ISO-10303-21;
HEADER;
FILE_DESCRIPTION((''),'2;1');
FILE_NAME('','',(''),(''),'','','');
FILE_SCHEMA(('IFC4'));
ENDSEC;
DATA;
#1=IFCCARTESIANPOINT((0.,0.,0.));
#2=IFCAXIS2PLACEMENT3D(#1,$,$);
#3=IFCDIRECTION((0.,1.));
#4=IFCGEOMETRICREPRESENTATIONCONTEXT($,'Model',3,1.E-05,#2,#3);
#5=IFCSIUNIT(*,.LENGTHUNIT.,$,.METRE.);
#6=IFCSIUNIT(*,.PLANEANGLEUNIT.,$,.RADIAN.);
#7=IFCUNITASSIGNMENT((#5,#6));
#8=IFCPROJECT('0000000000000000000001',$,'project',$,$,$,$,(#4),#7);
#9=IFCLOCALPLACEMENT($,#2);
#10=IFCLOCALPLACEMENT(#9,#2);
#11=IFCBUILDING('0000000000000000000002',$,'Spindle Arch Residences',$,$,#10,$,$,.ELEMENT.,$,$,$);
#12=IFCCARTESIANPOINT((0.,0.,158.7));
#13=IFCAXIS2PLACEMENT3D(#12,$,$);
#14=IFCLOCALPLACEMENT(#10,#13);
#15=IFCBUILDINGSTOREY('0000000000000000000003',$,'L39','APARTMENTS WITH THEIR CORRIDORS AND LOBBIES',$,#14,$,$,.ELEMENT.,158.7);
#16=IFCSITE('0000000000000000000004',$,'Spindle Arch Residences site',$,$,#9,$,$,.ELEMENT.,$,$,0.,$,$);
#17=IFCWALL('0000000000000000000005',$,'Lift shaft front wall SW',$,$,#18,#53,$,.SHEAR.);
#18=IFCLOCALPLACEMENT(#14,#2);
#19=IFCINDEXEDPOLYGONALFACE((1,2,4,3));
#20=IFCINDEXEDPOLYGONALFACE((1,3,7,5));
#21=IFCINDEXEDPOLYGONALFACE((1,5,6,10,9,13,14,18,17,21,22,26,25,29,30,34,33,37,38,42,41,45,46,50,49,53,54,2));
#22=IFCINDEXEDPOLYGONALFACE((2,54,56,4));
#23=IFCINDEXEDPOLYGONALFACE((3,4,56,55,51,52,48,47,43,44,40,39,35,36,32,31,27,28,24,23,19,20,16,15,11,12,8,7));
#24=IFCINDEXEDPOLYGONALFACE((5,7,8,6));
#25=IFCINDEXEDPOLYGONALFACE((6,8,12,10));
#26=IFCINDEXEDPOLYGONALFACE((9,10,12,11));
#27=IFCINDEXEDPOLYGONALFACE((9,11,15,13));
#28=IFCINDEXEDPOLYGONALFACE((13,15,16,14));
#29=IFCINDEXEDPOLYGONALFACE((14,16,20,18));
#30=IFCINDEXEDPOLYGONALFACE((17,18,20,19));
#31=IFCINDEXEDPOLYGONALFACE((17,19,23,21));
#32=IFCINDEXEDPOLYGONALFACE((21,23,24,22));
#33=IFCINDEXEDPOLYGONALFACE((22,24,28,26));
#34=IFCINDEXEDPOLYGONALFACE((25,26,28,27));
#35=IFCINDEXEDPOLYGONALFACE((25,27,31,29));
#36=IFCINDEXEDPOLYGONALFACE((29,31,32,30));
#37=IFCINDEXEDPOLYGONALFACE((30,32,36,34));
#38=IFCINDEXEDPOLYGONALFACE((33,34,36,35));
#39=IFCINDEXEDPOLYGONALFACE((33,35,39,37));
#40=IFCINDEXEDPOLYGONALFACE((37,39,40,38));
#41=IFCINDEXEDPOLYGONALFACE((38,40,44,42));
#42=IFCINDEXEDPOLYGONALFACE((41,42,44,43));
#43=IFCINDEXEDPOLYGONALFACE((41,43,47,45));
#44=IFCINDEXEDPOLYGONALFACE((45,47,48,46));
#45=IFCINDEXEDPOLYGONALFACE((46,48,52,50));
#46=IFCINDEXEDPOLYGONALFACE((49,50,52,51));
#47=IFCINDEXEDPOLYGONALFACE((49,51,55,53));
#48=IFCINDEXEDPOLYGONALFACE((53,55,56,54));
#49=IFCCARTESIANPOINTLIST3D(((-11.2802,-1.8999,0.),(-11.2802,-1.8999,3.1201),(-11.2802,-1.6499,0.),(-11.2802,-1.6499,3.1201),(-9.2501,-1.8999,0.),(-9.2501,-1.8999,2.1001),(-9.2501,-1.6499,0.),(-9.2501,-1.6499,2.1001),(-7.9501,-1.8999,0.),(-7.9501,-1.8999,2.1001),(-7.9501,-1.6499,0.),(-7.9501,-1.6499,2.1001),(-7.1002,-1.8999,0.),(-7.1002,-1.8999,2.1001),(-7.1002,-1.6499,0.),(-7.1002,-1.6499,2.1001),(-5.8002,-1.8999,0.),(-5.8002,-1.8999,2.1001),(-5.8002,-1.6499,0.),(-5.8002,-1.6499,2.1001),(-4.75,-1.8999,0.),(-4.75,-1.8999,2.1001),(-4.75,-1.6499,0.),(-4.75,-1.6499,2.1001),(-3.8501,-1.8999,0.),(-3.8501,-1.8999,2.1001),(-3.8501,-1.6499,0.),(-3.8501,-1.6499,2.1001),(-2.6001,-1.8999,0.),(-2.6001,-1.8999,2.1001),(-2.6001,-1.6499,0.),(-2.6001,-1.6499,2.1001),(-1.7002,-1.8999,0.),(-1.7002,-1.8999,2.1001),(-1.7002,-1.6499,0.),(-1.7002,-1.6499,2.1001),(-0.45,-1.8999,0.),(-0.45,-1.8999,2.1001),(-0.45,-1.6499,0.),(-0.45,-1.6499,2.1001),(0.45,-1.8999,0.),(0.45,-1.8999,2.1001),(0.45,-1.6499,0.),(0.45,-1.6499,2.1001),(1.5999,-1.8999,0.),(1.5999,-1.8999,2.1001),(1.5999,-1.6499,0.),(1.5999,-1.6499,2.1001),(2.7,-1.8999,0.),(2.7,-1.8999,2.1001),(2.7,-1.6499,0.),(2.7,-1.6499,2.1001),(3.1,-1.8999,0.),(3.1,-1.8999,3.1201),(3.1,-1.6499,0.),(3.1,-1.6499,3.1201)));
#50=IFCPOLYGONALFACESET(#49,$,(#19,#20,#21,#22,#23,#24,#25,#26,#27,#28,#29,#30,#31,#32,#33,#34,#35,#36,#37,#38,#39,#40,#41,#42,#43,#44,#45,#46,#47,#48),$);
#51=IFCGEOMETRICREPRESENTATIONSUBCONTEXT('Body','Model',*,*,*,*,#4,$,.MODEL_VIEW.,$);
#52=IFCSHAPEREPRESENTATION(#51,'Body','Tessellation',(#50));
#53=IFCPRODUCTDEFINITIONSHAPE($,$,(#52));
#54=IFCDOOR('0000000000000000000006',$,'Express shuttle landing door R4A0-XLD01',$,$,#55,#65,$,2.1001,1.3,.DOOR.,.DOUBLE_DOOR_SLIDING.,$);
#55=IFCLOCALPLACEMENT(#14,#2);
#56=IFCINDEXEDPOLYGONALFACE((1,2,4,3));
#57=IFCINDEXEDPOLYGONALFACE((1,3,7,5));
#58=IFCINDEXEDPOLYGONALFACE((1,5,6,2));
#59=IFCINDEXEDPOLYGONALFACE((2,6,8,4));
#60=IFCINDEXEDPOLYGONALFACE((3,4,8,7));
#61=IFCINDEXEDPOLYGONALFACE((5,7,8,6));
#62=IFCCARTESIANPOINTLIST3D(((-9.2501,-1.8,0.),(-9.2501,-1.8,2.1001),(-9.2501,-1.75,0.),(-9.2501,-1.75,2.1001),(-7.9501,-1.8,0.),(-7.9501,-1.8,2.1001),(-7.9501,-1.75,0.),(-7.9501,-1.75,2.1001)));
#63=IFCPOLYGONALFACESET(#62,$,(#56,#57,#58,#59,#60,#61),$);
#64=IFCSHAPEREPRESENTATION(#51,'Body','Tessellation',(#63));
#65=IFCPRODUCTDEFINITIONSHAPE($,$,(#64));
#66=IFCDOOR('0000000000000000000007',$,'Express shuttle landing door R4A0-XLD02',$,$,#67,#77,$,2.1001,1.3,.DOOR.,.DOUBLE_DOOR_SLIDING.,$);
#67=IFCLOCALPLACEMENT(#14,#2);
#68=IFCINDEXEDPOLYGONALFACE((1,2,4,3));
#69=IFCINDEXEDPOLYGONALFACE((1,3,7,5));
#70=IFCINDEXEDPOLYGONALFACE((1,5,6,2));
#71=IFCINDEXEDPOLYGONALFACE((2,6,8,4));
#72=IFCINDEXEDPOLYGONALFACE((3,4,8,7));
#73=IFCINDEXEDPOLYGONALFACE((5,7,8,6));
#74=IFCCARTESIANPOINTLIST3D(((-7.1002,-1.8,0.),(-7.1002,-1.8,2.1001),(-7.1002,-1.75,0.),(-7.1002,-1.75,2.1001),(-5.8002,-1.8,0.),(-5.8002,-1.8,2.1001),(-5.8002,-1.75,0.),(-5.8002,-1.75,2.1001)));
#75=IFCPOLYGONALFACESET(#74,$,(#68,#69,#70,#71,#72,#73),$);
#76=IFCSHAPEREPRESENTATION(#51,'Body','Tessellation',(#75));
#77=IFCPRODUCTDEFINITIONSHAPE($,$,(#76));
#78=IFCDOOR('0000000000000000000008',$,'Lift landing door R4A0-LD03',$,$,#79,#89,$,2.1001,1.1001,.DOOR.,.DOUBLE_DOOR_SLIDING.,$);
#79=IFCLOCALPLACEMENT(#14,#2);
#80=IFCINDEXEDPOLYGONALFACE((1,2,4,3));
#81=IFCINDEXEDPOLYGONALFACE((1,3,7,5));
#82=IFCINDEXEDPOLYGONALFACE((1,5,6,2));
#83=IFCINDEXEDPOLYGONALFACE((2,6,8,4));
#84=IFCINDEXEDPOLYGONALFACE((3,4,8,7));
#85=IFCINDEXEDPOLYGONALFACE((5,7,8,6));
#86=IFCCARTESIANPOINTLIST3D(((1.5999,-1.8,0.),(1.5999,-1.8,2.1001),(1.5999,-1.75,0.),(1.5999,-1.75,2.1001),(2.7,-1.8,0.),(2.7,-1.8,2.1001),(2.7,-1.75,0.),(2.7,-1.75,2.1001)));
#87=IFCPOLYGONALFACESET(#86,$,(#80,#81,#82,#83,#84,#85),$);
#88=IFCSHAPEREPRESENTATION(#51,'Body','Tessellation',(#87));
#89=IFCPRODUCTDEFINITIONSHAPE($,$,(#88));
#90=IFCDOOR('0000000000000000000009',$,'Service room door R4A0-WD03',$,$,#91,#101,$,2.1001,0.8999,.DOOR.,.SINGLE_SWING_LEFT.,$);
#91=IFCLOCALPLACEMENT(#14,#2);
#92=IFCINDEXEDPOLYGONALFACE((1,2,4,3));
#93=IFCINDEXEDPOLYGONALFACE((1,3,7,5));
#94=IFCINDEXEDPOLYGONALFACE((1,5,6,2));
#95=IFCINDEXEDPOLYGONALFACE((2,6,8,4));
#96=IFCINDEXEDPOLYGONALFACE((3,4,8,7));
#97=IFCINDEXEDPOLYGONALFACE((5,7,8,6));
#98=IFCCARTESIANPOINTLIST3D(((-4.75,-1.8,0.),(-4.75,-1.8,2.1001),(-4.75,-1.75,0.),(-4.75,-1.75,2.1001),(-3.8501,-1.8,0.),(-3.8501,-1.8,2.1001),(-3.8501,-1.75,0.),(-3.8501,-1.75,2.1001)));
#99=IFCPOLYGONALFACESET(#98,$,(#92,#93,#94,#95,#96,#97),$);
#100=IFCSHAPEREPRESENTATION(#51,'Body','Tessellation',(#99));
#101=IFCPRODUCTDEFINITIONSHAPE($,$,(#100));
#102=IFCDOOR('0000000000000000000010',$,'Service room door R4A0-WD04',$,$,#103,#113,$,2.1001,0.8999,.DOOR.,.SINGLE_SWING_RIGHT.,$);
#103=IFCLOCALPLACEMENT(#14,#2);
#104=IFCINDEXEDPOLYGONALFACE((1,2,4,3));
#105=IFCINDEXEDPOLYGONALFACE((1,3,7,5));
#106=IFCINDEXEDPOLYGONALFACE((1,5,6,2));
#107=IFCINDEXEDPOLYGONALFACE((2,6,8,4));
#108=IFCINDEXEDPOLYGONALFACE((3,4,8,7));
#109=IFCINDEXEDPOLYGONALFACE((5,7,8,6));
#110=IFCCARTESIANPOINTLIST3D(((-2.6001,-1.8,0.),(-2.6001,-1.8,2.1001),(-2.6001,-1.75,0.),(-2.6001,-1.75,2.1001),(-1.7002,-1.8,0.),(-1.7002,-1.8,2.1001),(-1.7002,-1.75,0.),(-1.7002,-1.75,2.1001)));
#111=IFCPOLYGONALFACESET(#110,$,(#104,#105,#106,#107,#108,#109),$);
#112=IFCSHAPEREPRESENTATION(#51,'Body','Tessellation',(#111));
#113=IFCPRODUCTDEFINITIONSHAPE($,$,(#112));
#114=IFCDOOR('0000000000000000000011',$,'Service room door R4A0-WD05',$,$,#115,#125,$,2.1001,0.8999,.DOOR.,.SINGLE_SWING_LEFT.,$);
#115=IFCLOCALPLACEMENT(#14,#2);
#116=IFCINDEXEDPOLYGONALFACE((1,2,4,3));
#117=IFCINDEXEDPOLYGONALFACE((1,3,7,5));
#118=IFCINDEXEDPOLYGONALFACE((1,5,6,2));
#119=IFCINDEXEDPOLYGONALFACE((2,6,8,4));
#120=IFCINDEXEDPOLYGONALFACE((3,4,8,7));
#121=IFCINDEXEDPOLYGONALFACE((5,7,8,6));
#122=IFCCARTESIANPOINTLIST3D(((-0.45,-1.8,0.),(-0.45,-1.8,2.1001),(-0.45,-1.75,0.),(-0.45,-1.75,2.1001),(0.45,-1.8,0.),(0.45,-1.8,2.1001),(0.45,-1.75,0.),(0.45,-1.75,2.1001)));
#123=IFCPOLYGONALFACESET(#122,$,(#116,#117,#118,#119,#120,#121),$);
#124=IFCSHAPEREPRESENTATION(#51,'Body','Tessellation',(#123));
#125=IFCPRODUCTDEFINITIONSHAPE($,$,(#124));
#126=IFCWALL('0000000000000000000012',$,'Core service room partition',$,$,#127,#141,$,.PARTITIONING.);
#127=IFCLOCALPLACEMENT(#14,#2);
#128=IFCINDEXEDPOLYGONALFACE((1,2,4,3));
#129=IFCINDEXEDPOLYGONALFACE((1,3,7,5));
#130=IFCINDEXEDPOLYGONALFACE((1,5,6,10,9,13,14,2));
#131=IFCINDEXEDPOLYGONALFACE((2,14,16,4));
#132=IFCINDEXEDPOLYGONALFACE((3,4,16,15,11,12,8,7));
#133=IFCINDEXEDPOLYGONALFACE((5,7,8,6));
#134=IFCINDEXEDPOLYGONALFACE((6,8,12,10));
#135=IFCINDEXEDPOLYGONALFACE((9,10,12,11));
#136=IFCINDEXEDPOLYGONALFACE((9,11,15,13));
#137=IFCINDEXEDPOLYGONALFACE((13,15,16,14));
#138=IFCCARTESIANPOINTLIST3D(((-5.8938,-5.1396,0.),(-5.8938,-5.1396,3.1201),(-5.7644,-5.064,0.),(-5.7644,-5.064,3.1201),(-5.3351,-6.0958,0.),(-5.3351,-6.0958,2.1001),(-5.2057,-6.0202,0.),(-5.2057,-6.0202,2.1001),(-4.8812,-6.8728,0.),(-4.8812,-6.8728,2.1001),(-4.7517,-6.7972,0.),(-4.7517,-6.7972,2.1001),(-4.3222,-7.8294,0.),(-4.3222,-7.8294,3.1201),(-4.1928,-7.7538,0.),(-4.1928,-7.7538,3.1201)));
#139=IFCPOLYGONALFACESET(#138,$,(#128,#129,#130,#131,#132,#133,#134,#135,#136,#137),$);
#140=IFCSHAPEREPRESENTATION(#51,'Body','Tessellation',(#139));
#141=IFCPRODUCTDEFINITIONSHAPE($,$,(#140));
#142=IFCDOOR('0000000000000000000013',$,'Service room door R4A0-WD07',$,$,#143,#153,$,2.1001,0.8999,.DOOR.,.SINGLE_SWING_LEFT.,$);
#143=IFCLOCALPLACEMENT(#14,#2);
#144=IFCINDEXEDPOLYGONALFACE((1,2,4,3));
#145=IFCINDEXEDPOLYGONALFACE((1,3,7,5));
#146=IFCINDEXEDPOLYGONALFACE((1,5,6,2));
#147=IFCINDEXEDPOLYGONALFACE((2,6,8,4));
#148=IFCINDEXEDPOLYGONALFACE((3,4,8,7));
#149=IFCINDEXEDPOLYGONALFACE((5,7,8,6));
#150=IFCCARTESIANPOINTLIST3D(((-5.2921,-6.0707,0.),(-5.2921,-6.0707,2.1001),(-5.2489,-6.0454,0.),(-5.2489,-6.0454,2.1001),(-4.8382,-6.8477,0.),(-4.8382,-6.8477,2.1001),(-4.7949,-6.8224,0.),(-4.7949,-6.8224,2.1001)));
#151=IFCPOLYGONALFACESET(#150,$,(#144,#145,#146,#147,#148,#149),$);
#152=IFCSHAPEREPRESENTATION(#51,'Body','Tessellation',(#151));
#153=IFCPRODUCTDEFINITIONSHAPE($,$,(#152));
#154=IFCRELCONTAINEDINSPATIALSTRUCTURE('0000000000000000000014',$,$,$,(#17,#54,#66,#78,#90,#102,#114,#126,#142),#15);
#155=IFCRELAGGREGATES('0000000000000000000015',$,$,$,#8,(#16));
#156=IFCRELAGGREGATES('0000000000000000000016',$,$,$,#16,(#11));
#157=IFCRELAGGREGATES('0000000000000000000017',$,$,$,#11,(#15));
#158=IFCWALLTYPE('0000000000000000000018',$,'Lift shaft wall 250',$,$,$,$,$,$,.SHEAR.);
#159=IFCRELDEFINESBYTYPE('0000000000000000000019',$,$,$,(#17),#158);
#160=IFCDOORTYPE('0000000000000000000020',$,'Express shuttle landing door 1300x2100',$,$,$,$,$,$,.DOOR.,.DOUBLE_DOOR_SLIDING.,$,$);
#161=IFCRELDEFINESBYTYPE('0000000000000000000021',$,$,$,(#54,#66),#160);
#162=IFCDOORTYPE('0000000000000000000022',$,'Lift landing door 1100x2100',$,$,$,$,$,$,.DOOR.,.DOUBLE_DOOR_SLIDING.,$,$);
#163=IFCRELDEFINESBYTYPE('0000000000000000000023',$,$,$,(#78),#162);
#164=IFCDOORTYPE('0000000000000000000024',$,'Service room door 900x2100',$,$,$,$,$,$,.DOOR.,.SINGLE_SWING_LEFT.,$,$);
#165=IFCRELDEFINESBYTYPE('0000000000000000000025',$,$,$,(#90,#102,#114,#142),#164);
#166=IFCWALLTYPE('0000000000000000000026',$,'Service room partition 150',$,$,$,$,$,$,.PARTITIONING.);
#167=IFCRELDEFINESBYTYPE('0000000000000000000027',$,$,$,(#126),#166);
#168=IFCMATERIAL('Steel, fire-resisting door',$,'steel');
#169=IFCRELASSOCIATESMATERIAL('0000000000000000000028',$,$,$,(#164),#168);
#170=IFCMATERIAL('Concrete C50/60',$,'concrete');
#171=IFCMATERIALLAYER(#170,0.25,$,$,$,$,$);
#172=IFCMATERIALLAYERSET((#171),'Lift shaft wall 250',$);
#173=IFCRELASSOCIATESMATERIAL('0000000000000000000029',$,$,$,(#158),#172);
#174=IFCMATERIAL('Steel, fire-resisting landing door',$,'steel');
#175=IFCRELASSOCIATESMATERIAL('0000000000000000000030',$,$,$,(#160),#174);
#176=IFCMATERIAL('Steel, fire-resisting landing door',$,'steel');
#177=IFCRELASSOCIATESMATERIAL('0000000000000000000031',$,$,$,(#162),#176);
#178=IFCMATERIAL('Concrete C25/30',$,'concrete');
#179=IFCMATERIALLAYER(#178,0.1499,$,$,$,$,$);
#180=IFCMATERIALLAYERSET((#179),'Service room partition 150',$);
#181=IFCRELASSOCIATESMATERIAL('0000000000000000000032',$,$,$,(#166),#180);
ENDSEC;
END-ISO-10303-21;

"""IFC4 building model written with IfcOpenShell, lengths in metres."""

from ifc_helpers import new_model, si_unit, direction, frame, frame_2d, origin, place, context, subcontext, project, spatial, rectangle, extrude, material, layer, layer_set, type_object, element, fill, save


model = new_model("IFC4")

# Units and contexts
model_context = context("Model", 3, precision=1e-05, world=origin(), true_north=direction((0.0, 1.0)))
body_context = subcontext(model_context, "Body", "Model", "MODEL_VIEW")
ifc_project = project(units=[si_unit("LENGTHUNIT", "METRE"), si_unit("PLANEANGLEUNIT", "RADIAN")], contexts=[model_context])

# Site, building, storey
site_placement = place(None, origin())
site = spatial("IfcSite", under=ifc_project, at=site_placement, Name="Spindle Arch Residences site", CompositionType="ELEMENT", RefElevation=0.0)
building_placement = place(site_placement, origin())
building = spatial("IfcBuilding", under=site, at=building_placement, Name="Spindle Arch Residences", CompositionType="ELEMENT")
storey_placement = place(building_placement, frame((0.0, 0.0, 158.7)))
storey = spatial("IfcBuildingStorey", under=building, at=storey_placement, Name="L39", Description="APARTMENTS WITH THEIR CORRIDORS AND LOBBIES", CompositionType="ELEMENT", Elevation=158.7)

# Shared definitions
ifc_material_1 = material(Name="Steel, fire-resisting door", Category="steel")
door_type_1 = type_object("IfcDoorType", Name="Service room door 900x2100", OperationType="SINGLE_SWING_LEFT", PredefinedType="DOOR", material=ifc_material_1)

# Wall, openings, doors
ifc_material_2 = material(Name="Concrete C50/60", Category="concrete")
ifc_layer_1 = layer(ifc_material_2, 0.25)
ifc_layer_set_1 = layer_set([ifc_layer_1], Name="Lift shaft wall 250")
wall_type_1 = type_object("IfcWallType", Name="Lift shaft wall 250", PredefinedType="SHEAR", material=ifc_layer_set_1)
wall_1_placement = place(storey_placement, frame((-11.28, -1.7749, 0.0), z_axis=(0.0, 0.0, 1.0), x_axis=(1.0, 0.0, 0.0)))
wall_1 = element("IfcWall", 1, at=wall_1_placement, inside=storey, type_object=wall_type_1, Name="Lift shaft front wall SW", PredefinedType="SHEAR", context=body_context, shape_type="SweptSolid", body=[
    extrude(rectangle(XDim=14.3801, YDim=0.25, at=frame_2d((7.1899, 0.0))), origin(), (0.0, 0.0, 1.0), 3.1201),
])
opening_1_placement = place(wall_1_placement, frame((2.03, 0.0, 0.0)))
opening_1 = element("IfcOpeningElement", 2, at=opening_1_placement, cuts=wall_1, PredefinedType="OPENING", context=body_context, shape_type="SweptSolid", body=[
    extrude(rectangle(XDim=1.3, YDim=2.1001, at=frame_2d((0.6499, 1.05))), frame((0.0, 0.135, 0.0), z_axis=(0.0, -1.0, 0.0), x_axis=(1.0, 0.0, 0.0)), (0.0, 0.0, 1.0), 0.27),
])
opening_2_placement = place(wall_1_placement, frame((4.1799, 0.0, 0.0)))
opening_2 = element("IfcOpeningElement", 3, at=opening_2_placement, cuts=wall_1, PredefinedType="OPENING", context=body_context, shape_type="SweptSolid", body=[
    extrude(rectangle(XDim=1.3, YDim=2.1001, at=frame_2d((0.6499, 1.05))), frame((0.0, 0.135, 0.0), z_axis=(0.0, -1.0, 0.0), x_axis=(1.0, 0.0, 0.0)), (0.0, 0.0, 1.0), 0.27),
])
opening_3_placement = place(wall_1_placement, frame((12.8799, 0.0, 0.0)))
opening_3 = element("IfcOpeningElement", 4, at=opening_3_placement, cuts=wall_1, PredefinedType="OPENING", context=body_context, shape_type="SweptSolid", body=[
    extrude(rectangle(XDim=1.1001, YDim=2.1001, at=frame_2d((0.55, 1.05))), frame((0.0, 0.135, 0.0), z_axis=(0.0, -1.0, 0.0), x_axis=(1.0, 0.0, 0.0)), (0.0, 0.0, 1.0), 0.27),
])
opening_4_placement = place(wall_1_placement, frame((6.53, 0.0, 0.0)))
opening_4 = element("IfcOpeningElement", 5, at=opening_4_placement, cuts=wall_1, PredefinedType="OPENING", context=body_context, shape_type="SweptSolid", body=[
    extrude(rectangle(XDim=0.8999, YDim=2.1001, at=frame_2d((0.45, 1.05))), frame((0.0, 0.135, 0.0), z_axis=(0.0, -1.0, 0.0), x_axis=(1.0, 0.0, 0.0)), (0.0, 0.0, 1.0), 0.27),
])
opening_5_placement = place(wall_1_placement, frame((8.6799, 0.0, 0.0)))
opening_5 = element("IfcOpeningElement", 6, at=opening_5_placement, cuts=wall_1, PredefinedType="OPENING", context=body_context, shape_type="SweptSolid", body=[
    extrude(rectangle(XDim=0.8999, YDim=2.1001, at=frame_2d((0.45, 1.05))), frame((0.0, 0.135, 0.0), z_axis=(0.0, -1.0, 0.0), x_axis=(1.0, 0.0, 0.0)), (0.0, 0.0, 1.0), 0.27),
])
opening_6_placement = place(wall_1_placement, frame((10.8301, 0.0, 0.0)))
opening_6 = element("IfcOpeningElement", 7, at=opening_6_placement, cuts=wall_1, PredefinedType="OPENING", context=body_context, shape_type="SweptSolid", body=[
    extrude(rectangle(XDim=0.8999, YDim=2.1001, at=frame_2d((0.45, 1.05))), frame((0.0, 0.135, 0.0), z_axis=(0.0, -1.0, 0.0), x_axis=(1.0, 0.0, 0.0)), (0.0, 0.0, 1.0), 0.27),
])
ifc_material_3 = material(Name="Steel, fire-resisting landing door", Category="steel")
door_type_2 = type_object("IfcDoorType", Name="Express shuttle landing door 1300x2100", OperationType="DOUBLE_DOOR_SLIDING", PredefinedType="DOOR", material=ifc_material_3)
door_1_placement = place(opening_1_placement, origin())
door_1 = element("IfcDoor", 8, at=door_1_placement, inside=storey, type_object=door_type_2, Name="Express shuttle landing door R4A0-XLD01", OperationType="DOUBLE_DOOR_SLIDING", OverallHeight=2.1001, OverallWidth=1.3, PredefinedType="DOOR", context=body_context, shape_type="SweptSolid", body=[
    extrude(rectangle(XDim=1.3, YDim=2.1001, at=frame_2d((0.6499, 1.05))), frame((0.0, 0.0249, 0.0), z_axis=(0.0, -1.0, 0.0), x_axis=(1.0, 0.0, 0.0)), (0.0, 0.0, 1.0), 0.05),
])
fill(opening_1, door_1)
door_2_placement = place(opening_2_placement, origin())
door_2 = element("IfcDoor", 9, at=door_2_placement, inside=storey, type_object=door_type_2, Name="Express shuttle landing door R4A0-XLD02", OperationType="DOUBLE_DOOR_SLIDING", OverallHeight=2.1001, OverallWidth=1.3, PredefinedType="DOOR", context=body_context, shape_type="SweptSolid", body=[
    extrude(rectangle(XDim=1.3, YDim=2.1001, at=frame_2d((0.6499, 1.05))), frame((0.0, 0.0249, 0.0), z_axis=(0.0, -1.0, 0.0), x_axis=(1.0, 0.0, 0.0)), (0.0, 0.0, 1.0), 0.05),
])
fill(opening_2, door_2)
ifc_material_4 = material(Name="Steel, fire-resisting landing door", Category="steel")
door_type_3 = type_object("IfcDoorType", Name="Lift landing door 1100x2100", OperationType="DOUBLE_DOOR_SLIDING", PredefinedType="DOOR", material=ifc_material_4)
door_3_placement = place(opening_3_placement, origin())
door_3 = element("IfcDoor", 10, at=door_3_placement, inside=storey, type_object=door_type_3, Name="Lift landing door R4A0-LD03", OperationType="DOUBLE_DOOR_SLIDING", OverallHeight=2.1001, OverallWidth=1.1001, PredefinedType="DOOR", context=body_context, shape_type="SweptSolid", body=[
    extrude(rectangle(XDim=1.1001, YDim=2.1001, at=frame_2d((0.55, 1.05))), frame((0.0, 0.0249, 0.0), z_axis=(0.0, -1.0, 0.0), x_axis=(1.0, 0.0, 0.0)), (0.0, 0.0, 1.0), 0.05),
])
fill(opening_3, door_3)
door_4_placement = place(opening_4_placement, origin())
door_4 = element("IfcDoor", 11, at=door_4_placement, inside=storey, type_object=door_type_1, Name="Service room door R4A0-WD03", OperationType="SINGLE_SWING_LEFT", OverallHeight=2.1001, OverallWidth=0.8999, PredefinedType="DOOR", context=body_context, shape_type="SweptSolid", body=[
    extrude(rectangle(XDim=0.8999, YDim=2.1001, at=frame_2d((0.45, 1.05))), frame((0.0, 0.0249, 0.0), z_axis=(0.0, -1.0, 0.0), x_axis=(1.0, 0.0, 0.0)), (0.0, 0.0, 1.0), 0.05),
])
fill(opening_4, door_4)
door_5_placement = place(opening_5_placement, origin())
door_5 = element("IfcDoor", 12, at=door_5_placement, inside=storey, type_object=door_type_1, Name="Service room door R4A0-WD04", OperationType="SINGLE_SWING_RIGHT", OverallHeight=2.1001, OverallWidth=0.8999, PredefinedType="DOOR", context=body_context, shape_type="SweptSolid", body=[
    extrude(rectangle(XDim=0.8999, YDim=2.1001, at=frame_2d((0.45, 1.05))), frame((0.0, 0.0249, 0.0), z_axis=(0.0, -1.0, 0.0), x_axis=(1.0, 0.0, 0.0)), (0.0, 0.0, 1.0), 0.05),
])
fill(opening_5, door_5)
door_6_placement = place(opening_6_placement, origin())
door_6 = element("IfcDoor", 13, at=door_6_placement, inside=storey, type_object=door_type_1, Name="Service room door R4A0-WD05", OperationType="SINGLE_SWING_LEFT", OverallHeight=2.1001, OverallWidth=0.8999, PredefinedType="DOOR", context=body_context, shape_type="SweptSolid", body=[
    extrude(rectangle(XDim=0.8999, YDim=2.1001, at=frame_2d((0.45, 1.05))), frame((0.0, 0.0249, 0.0), z_axis=(0.0, -1.0, 0.0), x_axis=(1.0, 0.0, 0.0)), (0.0, 0.0, 1.0), 0.05),
])
fill(opening_6, door_6)

# Wall, opening, door
ifc_material_5 = material(Name="Concrete C25/30", Category="concrete")
ifc_layer_2 = layer(ifc_material_5, 0.1499)
ifc_layer_set_2 = layer_set([ifc_layer_2], Name="Service room partition 150")
wall_type_2 = type_object("IfcWallType", Name="Service room partition 150", PredefinedType="PARTITIONING", material=ifc_layer_set_2)
wall_2_placement = place(storey_placement, frame((-5.8291, -5.1018, 0.0), z_axis=(0.0, 0.0, 1.0), x_axis=(0.50448, -0.863423, 0.0)))
wall_2 = element("IfcWall", 14, at=wall_2_placement, inside=storey, type_object=wall_type_2, Name="Core service room partition", PredefinedType="PARTITIONING", context=body_context, shape_type="SweptSolid", body=[
    extrude(rectangle(XDim=3.1152, YDim=0.1499, at=frame_2d((1.5576, 0.0))), origin(), (0.0, 0.0, 1.0), 3.1201),
])
opening_7_placement = place(wall_2_placement, frame((1.1074, 0.0, 0.0)))
opening_7 = element("IfcOpeningElement", 15, at=opening_7_placement, cuts=wall_2, PredefinedType="OPENING", context=body_context, shape_type="SweptSolid", body=[
    extrude(rectangle(XDim=0.8999, YDim=2.1001, at=frame_2d((0.45, 1.05))), frame((0.0, 0.085, 0.0), z_axis=(0.0, -1.0, 0.0), x_axis=(1.0, 0.0, 0.0)), (0.0, 0.0, 1.0), 0.1699),
])
door_7_placement = place(opening_7_placement, origin())
door_7 = element("IfcDoor", 16, at=door_7_placement, inside=storey, type_object=door_type_1, Name="Service room door R4A0-WD07", OperationType="SINGLE_SWING_LEFT", OverallHeight=2.1001, OverallWidth=0.8999, PredefinedType="DOOR", context=body_context, shape_type="SweptSolid", body=[
    extrude(rectangle(XDim=0.8999, YDim=2.1001, at=frame_2d((0.45, 1.05))), frame((0.0, 0.0249, 0.0), z_axis=(0.0, -1.0, 0.0), x_axis=(1.0, 0.0, 0.0)), (0.0, 0.0, 1.0), 0.05),
])
fill(opening_7, door_7)

save(model, "model.ifc")
